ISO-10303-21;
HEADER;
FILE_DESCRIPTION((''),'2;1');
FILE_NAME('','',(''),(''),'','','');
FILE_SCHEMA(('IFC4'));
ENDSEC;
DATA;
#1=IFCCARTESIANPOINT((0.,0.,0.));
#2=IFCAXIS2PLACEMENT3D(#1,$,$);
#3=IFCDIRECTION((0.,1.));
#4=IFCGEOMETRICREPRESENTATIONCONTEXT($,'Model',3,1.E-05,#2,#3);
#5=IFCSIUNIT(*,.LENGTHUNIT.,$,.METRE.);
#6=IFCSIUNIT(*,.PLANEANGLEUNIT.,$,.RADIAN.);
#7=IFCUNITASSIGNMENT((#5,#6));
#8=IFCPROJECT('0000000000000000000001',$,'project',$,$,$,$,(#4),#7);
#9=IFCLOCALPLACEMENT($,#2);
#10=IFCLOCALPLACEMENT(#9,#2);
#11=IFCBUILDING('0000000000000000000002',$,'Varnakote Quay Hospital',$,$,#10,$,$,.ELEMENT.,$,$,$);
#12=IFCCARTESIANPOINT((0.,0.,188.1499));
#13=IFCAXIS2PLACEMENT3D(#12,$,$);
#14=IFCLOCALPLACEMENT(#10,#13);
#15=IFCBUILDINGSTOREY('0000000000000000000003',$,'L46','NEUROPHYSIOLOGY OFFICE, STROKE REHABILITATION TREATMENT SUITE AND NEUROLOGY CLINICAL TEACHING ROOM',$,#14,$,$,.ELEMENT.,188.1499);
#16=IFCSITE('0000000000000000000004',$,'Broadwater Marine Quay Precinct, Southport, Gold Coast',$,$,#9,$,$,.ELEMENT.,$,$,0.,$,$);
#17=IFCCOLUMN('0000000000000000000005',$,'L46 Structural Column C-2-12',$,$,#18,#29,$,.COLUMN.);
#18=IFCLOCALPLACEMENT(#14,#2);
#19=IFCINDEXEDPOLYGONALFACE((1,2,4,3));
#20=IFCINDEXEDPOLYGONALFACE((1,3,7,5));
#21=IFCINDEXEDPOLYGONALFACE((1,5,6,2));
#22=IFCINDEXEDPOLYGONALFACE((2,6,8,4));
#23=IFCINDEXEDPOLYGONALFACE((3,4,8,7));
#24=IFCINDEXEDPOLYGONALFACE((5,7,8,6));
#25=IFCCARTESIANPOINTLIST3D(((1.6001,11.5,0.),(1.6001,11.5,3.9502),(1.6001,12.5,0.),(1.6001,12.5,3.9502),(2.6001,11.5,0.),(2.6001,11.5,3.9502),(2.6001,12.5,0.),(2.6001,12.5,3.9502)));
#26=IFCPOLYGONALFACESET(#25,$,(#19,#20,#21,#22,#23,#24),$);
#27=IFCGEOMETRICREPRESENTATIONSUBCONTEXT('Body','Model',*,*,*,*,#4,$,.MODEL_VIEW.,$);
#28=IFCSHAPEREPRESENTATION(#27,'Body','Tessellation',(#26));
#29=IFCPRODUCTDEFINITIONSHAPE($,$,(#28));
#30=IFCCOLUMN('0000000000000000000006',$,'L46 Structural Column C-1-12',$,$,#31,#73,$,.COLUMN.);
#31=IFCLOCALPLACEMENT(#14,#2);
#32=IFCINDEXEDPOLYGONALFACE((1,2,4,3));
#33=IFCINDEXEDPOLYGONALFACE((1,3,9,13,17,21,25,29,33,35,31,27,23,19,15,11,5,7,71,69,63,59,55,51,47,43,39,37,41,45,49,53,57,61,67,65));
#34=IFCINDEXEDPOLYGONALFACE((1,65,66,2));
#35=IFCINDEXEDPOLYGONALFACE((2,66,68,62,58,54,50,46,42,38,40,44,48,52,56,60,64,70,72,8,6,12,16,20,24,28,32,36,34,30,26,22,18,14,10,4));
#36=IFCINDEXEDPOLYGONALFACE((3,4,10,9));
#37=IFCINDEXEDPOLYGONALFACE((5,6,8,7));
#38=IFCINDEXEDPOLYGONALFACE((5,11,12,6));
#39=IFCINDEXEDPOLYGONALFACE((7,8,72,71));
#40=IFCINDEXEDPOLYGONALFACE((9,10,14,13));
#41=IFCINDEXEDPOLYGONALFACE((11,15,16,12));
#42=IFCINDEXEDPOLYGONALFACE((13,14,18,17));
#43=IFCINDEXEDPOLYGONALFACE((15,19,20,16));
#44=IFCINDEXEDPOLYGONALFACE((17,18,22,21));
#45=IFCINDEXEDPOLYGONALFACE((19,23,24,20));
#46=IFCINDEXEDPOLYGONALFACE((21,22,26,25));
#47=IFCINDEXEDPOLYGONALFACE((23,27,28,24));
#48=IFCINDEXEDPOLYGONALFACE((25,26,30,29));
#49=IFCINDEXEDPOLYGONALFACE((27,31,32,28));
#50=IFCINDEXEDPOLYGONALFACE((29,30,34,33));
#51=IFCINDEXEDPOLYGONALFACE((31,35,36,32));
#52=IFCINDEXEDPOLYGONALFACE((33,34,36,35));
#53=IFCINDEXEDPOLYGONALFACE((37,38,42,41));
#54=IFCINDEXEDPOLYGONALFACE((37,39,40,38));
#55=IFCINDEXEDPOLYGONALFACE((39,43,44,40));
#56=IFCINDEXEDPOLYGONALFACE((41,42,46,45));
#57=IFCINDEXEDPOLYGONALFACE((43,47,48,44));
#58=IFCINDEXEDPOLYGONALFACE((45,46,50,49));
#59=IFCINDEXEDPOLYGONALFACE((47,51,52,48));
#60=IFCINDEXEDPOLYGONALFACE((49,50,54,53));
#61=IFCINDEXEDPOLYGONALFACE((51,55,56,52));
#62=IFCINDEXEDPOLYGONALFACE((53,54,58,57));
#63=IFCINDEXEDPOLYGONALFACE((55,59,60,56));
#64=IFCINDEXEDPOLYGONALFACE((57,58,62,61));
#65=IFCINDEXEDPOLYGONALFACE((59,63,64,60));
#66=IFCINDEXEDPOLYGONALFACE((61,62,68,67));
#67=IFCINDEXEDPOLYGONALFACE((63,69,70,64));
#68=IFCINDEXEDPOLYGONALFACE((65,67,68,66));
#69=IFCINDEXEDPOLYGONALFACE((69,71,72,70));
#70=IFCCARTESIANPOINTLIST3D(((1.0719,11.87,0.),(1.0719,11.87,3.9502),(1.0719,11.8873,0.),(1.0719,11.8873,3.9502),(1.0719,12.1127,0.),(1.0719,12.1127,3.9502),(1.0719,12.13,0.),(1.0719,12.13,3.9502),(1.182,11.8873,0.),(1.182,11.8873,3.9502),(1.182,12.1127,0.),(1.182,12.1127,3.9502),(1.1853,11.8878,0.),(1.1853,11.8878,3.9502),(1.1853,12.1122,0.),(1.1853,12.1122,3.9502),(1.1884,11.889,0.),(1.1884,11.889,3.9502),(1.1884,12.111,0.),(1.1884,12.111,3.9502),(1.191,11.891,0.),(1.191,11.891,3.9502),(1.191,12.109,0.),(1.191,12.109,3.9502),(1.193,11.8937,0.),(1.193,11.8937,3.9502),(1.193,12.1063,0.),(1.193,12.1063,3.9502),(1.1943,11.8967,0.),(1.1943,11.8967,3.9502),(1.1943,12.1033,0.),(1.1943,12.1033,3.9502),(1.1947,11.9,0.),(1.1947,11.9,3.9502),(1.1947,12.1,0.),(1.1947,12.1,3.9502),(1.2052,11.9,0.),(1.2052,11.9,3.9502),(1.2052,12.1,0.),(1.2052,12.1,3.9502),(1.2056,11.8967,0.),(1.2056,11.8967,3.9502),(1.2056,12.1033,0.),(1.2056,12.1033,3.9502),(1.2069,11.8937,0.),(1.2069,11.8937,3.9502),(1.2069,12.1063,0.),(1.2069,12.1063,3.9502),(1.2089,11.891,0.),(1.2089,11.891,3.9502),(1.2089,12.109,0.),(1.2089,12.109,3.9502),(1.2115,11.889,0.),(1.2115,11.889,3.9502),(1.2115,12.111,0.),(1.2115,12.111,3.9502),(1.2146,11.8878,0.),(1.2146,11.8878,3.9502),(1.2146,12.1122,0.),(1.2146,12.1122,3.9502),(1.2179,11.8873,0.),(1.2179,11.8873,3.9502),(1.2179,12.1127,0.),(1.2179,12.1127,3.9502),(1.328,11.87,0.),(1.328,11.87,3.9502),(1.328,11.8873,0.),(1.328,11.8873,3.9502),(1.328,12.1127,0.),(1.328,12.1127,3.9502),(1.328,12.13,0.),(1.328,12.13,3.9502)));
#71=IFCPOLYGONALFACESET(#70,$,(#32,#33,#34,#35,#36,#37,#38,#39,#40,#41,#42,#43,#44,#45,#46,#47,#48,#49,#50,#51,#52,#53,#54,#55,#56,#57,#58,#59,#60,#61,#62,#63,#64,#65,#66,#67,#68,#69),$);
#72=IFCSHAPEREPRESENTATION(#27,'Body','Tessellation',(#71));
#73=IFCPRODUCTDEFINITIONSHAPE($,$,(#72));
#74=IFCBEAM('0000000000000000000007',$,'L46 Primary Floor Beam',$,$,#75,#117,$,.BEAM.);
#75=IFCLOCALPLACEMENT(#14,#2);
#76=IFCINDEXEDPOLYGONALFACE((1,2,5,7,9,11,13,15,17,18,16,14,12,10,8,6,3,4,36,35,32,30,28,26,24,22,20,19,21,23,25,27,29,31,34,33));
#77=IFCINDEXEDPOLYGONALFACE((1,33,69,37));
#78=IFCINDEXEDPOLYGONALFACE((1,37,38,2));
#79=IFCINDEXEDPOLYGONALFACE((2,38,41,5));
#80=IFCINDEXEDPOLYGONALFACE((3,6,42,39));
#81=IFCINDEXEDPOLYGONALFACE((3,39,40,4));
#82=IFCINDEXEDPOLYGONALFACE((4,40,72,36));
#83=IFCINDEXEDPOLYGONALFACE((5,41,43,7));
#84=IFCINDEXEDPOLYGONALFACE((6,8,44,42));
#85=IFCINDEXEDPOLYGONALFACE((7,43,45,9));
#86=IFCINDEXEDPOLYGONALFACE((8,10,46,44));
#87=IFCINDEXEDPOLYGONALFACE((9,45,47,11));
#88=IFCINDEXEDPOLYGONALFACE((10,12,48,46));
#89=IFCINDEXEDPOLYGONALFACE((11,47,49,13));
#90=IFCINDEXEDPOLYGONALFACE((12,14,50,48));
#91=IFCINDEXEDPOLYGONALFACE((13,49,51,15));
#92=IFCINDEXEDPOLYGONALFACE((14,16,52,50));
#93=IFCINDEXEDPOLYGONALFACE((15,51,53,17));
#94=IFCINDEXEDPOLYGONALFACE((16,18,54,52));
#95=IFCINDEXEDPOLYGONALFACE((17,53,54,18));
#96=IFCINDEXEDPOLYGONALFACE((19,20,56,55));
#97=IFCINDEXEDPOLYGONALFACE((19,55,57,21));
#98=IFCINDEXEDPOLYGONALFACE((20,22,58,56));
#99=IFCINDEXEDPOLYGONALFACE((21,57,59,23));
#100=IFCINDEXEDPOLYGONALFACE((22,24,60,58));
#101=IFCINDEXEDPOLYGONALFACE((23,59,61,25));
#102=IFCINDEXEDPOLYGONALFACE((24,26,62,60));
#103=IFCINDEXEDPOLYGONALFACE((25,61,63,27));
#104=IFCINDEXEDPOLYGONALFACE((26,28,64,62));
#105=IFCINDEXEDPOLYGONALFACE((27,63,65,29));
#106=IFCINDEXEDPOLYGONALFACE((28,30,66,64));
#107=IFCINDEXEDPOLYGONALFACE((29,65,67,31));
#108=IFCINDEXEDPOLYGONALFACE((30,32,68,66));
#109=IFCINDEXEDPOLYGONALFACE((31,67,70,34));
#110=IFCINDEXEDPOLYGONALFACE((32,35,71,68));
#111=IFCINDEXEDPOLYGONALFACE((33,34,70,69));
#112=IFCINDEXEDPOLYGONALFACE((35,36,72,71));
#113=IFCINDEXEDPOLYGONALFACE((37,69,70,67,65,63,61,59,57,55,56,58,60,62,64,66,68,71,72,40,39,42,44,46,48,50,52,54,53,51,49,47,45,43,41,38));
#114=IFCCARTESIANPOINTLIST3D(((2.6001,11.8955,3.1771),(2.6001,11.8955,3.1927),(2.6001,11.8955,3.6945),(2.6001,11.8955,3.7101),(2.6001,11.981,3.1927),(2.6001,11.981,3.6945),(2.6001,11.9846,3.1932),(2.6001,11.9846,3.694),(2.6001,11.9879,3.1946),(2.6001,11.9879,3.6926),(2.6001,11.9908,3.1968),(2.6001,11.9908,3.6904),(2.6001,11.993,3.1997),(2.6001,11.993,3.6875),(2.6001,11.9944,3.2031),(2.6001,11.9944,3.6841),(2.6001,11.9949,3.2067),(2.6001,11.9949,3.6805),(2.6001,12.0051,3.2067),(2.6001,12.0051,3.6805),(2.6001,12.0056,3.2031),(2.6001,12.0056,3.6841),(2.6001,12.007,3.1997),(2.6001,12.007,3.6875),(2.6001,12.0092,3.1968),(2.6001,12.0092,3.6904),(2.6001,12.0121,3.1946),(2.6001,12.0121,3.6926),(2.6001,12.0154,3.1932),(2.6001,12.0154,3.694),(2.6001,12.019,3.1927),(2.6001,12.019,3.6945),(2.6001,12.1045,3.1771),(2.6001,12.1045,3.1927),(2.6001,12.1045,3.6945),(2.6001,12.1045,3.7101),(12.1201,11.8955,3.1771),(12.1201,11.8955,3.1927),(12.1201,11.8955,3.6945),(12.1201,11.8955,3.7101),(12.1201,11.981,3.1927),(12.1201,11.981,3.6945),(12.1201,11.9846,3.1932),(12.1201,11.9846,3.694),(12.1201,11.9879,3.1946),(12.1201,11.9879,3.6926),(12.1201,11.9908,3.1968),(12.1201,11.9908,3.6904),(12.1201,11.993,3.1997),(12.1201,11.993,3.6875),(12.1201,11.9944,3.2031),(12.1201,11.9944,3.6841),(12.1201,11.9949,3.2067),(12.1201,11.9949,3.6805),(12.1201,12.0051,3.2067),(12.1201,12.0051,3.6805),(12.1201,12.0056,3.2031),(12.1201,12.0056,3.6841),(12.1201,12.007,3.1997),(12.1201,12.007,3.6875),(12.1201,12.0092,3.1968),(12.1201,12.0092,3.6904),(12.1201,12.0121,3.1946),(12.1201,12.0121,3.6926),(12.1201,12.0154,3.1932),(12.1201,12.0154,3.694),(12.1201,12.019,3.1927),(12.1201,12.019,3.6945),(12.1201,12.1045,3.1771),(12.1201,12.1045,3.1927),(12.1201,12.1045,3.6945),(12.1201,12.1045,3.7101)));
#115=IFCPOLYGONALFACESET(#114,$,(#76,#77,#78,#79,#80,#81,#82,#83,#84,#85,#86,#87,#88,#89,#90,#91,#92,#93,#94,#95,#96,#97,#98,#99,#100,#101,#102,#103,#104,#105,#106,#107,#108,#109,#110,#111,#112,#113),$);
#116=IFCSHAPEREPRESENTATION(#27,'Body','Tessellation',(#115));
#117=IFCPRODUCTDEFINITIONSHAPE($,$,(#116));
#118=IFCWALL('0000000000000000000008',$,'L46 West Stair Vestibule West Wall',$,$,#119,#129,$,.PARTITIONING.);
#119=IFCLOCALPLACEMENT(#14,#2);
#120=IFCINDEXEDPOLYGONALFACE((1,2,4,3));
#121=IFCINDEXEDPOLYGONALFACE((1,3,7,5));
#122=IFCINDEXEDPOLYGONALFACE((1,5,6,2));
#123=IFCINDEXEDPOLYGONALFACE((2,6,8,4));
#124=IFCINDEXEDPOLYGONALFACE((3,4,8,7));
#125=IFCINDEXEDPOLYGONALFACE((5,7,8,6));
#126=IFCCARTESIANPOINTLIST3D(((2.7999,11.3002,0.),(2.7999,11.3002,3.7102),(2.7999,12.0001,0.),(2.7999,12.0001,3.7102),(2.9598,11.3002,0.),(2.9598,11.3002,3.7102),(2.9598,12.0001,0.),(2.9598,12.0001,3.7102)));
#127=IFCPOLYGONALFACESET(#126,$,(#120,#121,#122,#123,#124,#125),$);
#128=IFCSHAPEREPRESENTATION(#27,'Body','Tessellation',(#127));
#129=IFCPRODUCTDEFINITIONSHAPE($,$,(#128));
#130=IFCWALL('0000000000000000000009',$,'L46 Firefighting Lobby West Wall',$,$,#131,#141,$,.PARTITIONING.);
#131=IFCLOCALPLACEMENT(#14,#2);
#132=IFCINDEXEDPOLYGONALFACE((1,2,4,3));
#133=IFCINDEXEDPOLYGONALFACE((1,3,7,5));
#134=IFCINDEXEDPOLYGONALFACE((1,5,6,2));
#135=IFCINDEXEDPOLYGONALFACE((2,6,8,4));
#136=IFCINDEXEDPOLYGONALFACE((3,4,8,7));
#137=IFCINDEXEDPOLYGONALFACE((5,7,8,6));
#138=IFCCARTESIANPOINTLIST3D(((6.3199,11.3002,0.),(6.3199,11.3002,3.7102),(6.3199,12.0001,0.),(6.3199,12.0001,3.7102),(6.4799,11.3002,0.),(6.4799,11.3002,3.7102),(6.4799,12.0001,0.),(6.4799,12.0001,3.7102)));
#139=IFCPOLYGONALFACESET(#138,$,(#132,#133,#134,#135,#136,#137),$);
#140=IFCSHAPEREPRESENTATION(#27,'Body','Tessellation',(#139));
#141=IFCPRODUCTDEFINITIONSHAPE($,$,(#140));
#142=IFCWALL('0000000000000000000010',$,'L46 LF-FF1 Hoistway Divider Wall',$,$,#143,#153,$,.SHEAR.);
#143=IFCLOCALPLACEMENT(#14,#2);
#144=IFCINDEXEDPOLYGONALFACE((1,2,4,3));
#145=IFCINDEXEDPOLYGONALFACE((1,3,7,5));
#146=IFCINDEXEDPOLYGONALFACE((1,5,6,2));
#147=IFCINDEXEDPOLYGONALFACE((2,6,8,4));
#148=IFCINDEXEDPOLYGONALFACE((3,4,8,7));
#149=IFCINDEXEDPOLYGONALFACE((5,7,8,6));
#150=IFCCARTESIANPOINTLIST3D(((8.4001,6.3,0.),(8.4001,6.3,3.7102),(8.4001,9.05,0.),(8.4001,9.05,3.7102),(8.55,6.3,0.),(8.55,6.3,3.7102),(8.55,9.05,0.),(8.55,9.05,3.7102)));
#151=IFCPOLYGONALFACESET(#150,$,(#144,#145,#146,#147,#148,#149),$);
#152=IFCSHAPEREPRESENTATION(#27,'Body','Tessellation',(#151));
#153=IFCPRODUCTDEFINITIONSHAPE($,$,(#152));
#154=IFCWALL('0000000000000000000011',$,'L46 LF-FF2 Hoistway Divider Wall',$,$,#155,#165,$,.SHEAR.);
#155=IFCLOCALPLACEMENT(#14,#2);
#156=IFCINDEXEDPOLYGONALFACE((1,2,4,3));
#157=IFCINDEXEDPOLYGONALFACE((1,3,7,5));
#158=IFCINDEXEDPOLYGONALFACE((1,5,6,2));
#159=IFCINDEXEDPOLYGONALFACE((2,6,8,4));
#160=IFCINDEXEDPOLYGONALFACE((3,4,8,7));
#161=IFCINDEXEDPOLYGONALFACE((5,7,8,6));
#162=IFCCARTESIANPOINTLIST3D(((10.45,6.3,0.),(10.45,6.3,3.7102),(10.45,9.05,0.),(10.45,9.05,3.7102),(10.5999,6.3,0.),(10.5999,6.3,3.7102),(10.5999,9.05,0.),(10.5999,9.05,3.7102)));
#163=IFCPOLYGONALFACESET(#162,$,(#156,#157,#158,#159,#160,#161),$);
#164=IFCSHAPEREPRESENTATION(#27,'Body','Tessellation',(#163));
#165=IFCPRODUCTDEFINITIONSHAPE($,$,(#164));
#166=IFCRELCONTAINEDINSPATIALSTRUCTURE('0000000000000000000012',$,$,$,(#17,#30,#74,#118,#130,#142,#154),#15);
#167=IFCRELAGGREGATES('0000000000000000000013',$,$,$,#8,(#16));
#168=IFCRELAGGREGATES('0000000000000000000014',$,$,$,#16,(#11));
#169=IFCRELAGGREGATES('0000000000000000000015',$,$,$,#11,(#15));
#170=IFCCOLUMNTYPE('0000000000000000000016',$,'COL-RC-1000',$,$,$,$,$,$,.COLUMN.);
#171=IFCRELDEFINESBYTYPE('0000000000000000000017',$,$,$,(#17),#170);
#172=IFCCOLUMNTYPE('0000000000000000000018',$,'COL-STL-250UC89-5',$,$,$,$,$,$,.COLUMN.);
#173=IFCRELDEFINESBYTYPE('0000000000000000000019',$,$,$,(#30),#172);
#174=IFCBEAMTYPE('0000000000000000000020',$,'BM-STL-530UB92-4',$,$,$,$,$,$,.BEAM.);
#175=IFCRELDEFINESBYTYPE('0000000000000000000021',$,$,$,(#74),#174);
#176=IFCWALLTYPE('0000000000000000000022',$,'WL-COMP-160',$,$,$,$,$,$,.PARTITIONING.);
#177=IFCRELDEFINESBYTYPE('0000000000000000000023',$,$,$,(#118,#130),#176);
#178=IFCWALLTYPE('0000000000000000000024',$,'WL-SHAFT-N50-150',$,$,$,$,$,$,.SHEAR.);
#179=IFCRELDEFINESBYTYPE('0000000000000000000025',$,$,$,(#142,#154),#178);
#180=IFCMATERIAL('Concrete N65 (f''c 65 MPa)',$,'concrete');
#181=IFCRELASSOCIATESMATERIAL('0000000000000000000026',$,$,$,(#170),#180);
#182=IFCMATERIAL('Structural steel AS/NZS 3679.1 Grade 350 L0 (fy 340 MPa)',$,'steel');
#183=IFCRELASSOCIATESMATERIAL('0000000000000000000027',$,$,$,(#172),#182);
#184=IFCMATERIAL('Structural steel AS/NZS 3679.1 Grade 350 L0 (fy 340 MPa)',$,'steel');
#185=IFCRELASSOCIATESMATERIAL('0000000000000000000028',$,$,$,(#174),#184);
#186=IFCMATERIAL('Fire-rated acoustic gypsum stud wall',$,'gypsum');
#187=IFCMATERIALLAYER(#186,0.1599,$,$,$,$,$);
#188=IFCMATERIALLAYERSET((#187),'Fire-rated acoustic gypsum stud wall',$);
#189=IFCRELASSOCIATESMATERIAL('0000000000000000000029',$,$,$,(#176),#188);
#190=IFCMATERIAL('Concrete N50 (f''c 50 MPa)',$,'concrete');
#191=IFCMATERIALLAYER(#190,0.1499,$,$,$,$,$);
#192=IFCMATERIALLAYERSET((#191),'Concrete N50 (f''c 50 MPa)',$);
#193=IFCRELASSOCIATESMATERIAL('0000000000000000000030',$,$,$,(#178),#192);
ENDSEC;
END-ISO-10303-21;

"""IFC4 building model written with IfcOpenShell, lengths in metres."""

from ifc_helpers import new_model, si_unit, direction, frame, frame_2d, origin, origin_2d, place, context, subcontext, project, spatial, rectangle, i_section, extrude, material, layer, layer_set, material_profile, profile_set, type_object, element, save


model = new_model("IFC4")

# Units and contexts
model_context = context("Model", 3, precision=1e-05, world=origin(), true_north=direction((0.0, 1.0)))
body_context = subcontext(model_context, "Body", "Model", "MODEL_VIEW")
ifc_project = project(units=[si_unit("LENGTHUNIT", "METRE"), si_unit("PLANEANGLEUNIT", "RADIAN")], contexts=[model_context])

# Site, building, storey
site_placement = place(None, origin())
site = spatial("IfcSite", under=ifc_project, at=site_placement, Name="Broadwater Marine Quay Precinct, Southport, Gold Coast", CompositionType="ELEMENT", RefElevation=0.0)
building_placement = place(site_placement, origin())
building = spatial("IfcBuilding", under=site, at=building_placement, Name="Varnakote Quay Hospital", CompositionType="ELEMENT")
storey_placement = place(building_placement, frame((0.0, 0.0, 188.1499)))
storey = spatial("IfcBuildingStorey", under=building, at=storey_placement, Name="L46", Description="NEUROPHYSIOLOGY OFFICE, STROKE REHABILITATION TREATMENT SUITE AND NEUROLOGY CLINICAL TEACHING ROOM", CompositionType="ELEMENT", Elevation=188.1499)

# Columns
ifc_material_1 = material(Name="Concrete N65 (f'c 65 MPa)", Category="concrete")
ifc_material_profile_1 = material_profile(ifc_material_1, rectangle(XDim=1.0, YDim=1.0, at=origin_2d()), Name="RC-COL-1000x1000")
ifc_profile_set_1 = profile_set([ifc_material_profile_1], Name="Concrete N65 (f'c 65 MPa)")
column_type_1 = type_object("IfcColumnType", Name="COL-RC-1000", PredefinedType="COLUMN", material=ifc_profile_set_1)
column_1_placement = place(storey_placement, frame((2.1001, 12.0, 0.0), z_axis=(0.0, 0.0, 1.0), x_axis=(1.0, 0.0, 0.0)))
element("IfcColumn", 1, at=column_1_placement, inside=storey, type_object=column_type_1, Name="L46 Structural Column C-2-12", PredefinedType="COLUMN", context=body_context, shape_type="SweptSolid", body=[
    extrude(rectangle(XDim=1.0, YDim=1.0, at=origin_2d()), origin(), (0.0, 0.0, 1.0), 3.9502),
])
ifc_material_2 = material(Name="Structural steel AS/NZS 3679.1 Grade 350 L0 (fy 340 MPa)", Category="steel")
ifc_material_profile_2 = material_profile(ifc_material_2, i_section(OverallWidth=0.2561, OverallDepth=0.26, WebThickness=0.0105, FlangeThickness=0.0173, FilletRadius=0.0127, at=origin_2d()), Name="250UC89.5")
ifc_profile_set_2 = profile_set([ifc_material_profile_2], Name="Structural steel AS/NZS 3679.1 Grade 350 L0 (fy 340 MPa)")
column_type_2 = type_object("IfcColumnType", Name="COL-STL-250UC89-5", PredefinedType="COLUMN", material=ifc_profile_set_2)
column_2_placement = place(storey_placement, frame((1.2, 12.0, 0.0), z_axis=(0.0, 0.0, 1.0), x_axis=(1.0, 0.0, 0.0)))
element("IfcColumn", 2, at=column_2_placement, inside=storey, type_object=column_type_2, Name="L46 Structural Column C-1-12", PredefinedType="COLUMN", context=body_context, shape_type="SweptSolid", body=[
    extrude(i_section(OverallWidth=0.2561, OverallDepth=0.26, WebThickness=0.0105, FlangeThickness=0.0173, FilletRadius=0.0127, at=origin_2d()), origin(), (0.0, 0.0, 1.0), 3.9502),
])

# Beam
ifc_material_3 = material(Name="Structural steel AS/NZS 3679.1 Grade 350 L0 (fy 340 MPa)", Category="steel")
ifc_material_profile_3 = material_profile(ifc_material_3, i_section(OverallWidth=0.209, OverallDepth=0.533, WebThickness=0.0103, FlangeThickness=0.0156, FilletRadius=0.0139, at=origin_2d()), Name="530UB92.4")
ifc_profile_set_3 = profile_set([ifc_material_profile_3], Name="Structural steel AS/NZS 3679.1 Grade 350 L0 (fy 340 MPa)")
beam_type = type_object("IfcBeamType", Name="BM-STL-530UB92-4", PredefinedType="BEAM", material=ifc_profile_set_3)
beam_placement = place(storey_placement, frame((2.6001, 12.0, 3.4436), z_axis=(1.0, 0.0, 0.0), x_axis=(0.0, 1.0, 0.0)))
element("IfcBeam", 3, at=beam_placement, inside=storey, type_object=beam_type, Name="L46 Primary Floor Beam", PredefinedType="BEAM", context=body_context, shape_type="SweptSolid", body=[
    extrude(i_section(OverallWidth=0.209, OverallDepth=0.533, WebThickness=0.0103, FlangeThickness=0.0156, FilletRadius=0.0139, at=origin_2d()), origin(), (0.0, 0.0, 1.0), 9.52),
])

# Walls
ifc_material_4 = material(Name="Fire-rated acoustic gypsum stud wall", Category="gypsum")
ifc_layer_1 = layer(ifc_material_4, 0.1599)
ifc_layer_set_1 = layer_set([ifc_layer_1], Name="Fire-rated acoustic gypsum stud wall")
wall_type_1 = type_object("IfcWallType", Name="WL-COMP-160", PredefinedType="PARTITIONING", material=ifc_layer_set_1)
for number, where, z_axis, x_axis, name in (
    (4, (2.8799, 11.3, 0.0), (0.0, 0.0, 1.0), (0.0, 1.0, 0.0), "L46 West Stair Vestibule West Wall"),
    (5, (6.3999, 11.3, 0.0), (0.0, 0.0, 1.0), (0.0, 1.0, 0.0), "L46 Firefighting Lobby West Wall"),
):
    element("IfcWall", number, at=place(storey_placement, frame(where, z_axis=z_axis, x_axis=x_axis)), inside=storey, type_object=wall_type_1, Name=name, PredefinedType="PARTITIONING", context=body_context, shape_type="SweptSolid", body=[
        extrude(rectangle(XDim=0.7, YDim=0.1599, at=frame_2d((0.3501, 0.0))), origin(), (0.0, 0.0, 1.0), 3.7102),
    ])
ifc_material_5 = material(Name="Concrete N50 (f'c 50 MPa)", Category="concrete")
ifc_layer_2 = layer(ifc_material_5, 0.1499)
ifc_layer_set_2 = layer_set([ifc_layer_2], Name="Concrete N50 (f'c 50 MPa)")
wall_type_2 = type_object("IfcWallType", Name="WL-SHAFT-N50-150", PredefinedType="SHEAR", material=ifc_layer_set_2)
for number, where, z_axis, x_axis, name in (
    (6, (8.4751, 6.3, 0.0), (0.0, 0.0, 1.0), (0.0, 1.0, 0.0), "L46 LF-FF1 Hoistway Divider Wall"),
    (7, (10.5249, 6.3, 0.0), (0.0, 0.0, 1.0), (0.0, 1.0, 0.0), "L46 LF-FF2 Hoistway Divider Wall"),
):
    element("IfcWall", number, at=place(storey_placement, frame(where, z_axis=z_axis, x_axis=x_axis)), inside=storey, type_object=wall_type_2, Name=name, PredefinedType="SHEAR", context=body_context, shape_type="SweptSolid", body=[
        extrude(rectangle(XDim=2.75, YDim=0.1499, at=frame_2d((1.375, 0.0))), origin(), (0.0, 0.0, 1.0), 3.7102),
    ])

save(model, "model.ifc")
